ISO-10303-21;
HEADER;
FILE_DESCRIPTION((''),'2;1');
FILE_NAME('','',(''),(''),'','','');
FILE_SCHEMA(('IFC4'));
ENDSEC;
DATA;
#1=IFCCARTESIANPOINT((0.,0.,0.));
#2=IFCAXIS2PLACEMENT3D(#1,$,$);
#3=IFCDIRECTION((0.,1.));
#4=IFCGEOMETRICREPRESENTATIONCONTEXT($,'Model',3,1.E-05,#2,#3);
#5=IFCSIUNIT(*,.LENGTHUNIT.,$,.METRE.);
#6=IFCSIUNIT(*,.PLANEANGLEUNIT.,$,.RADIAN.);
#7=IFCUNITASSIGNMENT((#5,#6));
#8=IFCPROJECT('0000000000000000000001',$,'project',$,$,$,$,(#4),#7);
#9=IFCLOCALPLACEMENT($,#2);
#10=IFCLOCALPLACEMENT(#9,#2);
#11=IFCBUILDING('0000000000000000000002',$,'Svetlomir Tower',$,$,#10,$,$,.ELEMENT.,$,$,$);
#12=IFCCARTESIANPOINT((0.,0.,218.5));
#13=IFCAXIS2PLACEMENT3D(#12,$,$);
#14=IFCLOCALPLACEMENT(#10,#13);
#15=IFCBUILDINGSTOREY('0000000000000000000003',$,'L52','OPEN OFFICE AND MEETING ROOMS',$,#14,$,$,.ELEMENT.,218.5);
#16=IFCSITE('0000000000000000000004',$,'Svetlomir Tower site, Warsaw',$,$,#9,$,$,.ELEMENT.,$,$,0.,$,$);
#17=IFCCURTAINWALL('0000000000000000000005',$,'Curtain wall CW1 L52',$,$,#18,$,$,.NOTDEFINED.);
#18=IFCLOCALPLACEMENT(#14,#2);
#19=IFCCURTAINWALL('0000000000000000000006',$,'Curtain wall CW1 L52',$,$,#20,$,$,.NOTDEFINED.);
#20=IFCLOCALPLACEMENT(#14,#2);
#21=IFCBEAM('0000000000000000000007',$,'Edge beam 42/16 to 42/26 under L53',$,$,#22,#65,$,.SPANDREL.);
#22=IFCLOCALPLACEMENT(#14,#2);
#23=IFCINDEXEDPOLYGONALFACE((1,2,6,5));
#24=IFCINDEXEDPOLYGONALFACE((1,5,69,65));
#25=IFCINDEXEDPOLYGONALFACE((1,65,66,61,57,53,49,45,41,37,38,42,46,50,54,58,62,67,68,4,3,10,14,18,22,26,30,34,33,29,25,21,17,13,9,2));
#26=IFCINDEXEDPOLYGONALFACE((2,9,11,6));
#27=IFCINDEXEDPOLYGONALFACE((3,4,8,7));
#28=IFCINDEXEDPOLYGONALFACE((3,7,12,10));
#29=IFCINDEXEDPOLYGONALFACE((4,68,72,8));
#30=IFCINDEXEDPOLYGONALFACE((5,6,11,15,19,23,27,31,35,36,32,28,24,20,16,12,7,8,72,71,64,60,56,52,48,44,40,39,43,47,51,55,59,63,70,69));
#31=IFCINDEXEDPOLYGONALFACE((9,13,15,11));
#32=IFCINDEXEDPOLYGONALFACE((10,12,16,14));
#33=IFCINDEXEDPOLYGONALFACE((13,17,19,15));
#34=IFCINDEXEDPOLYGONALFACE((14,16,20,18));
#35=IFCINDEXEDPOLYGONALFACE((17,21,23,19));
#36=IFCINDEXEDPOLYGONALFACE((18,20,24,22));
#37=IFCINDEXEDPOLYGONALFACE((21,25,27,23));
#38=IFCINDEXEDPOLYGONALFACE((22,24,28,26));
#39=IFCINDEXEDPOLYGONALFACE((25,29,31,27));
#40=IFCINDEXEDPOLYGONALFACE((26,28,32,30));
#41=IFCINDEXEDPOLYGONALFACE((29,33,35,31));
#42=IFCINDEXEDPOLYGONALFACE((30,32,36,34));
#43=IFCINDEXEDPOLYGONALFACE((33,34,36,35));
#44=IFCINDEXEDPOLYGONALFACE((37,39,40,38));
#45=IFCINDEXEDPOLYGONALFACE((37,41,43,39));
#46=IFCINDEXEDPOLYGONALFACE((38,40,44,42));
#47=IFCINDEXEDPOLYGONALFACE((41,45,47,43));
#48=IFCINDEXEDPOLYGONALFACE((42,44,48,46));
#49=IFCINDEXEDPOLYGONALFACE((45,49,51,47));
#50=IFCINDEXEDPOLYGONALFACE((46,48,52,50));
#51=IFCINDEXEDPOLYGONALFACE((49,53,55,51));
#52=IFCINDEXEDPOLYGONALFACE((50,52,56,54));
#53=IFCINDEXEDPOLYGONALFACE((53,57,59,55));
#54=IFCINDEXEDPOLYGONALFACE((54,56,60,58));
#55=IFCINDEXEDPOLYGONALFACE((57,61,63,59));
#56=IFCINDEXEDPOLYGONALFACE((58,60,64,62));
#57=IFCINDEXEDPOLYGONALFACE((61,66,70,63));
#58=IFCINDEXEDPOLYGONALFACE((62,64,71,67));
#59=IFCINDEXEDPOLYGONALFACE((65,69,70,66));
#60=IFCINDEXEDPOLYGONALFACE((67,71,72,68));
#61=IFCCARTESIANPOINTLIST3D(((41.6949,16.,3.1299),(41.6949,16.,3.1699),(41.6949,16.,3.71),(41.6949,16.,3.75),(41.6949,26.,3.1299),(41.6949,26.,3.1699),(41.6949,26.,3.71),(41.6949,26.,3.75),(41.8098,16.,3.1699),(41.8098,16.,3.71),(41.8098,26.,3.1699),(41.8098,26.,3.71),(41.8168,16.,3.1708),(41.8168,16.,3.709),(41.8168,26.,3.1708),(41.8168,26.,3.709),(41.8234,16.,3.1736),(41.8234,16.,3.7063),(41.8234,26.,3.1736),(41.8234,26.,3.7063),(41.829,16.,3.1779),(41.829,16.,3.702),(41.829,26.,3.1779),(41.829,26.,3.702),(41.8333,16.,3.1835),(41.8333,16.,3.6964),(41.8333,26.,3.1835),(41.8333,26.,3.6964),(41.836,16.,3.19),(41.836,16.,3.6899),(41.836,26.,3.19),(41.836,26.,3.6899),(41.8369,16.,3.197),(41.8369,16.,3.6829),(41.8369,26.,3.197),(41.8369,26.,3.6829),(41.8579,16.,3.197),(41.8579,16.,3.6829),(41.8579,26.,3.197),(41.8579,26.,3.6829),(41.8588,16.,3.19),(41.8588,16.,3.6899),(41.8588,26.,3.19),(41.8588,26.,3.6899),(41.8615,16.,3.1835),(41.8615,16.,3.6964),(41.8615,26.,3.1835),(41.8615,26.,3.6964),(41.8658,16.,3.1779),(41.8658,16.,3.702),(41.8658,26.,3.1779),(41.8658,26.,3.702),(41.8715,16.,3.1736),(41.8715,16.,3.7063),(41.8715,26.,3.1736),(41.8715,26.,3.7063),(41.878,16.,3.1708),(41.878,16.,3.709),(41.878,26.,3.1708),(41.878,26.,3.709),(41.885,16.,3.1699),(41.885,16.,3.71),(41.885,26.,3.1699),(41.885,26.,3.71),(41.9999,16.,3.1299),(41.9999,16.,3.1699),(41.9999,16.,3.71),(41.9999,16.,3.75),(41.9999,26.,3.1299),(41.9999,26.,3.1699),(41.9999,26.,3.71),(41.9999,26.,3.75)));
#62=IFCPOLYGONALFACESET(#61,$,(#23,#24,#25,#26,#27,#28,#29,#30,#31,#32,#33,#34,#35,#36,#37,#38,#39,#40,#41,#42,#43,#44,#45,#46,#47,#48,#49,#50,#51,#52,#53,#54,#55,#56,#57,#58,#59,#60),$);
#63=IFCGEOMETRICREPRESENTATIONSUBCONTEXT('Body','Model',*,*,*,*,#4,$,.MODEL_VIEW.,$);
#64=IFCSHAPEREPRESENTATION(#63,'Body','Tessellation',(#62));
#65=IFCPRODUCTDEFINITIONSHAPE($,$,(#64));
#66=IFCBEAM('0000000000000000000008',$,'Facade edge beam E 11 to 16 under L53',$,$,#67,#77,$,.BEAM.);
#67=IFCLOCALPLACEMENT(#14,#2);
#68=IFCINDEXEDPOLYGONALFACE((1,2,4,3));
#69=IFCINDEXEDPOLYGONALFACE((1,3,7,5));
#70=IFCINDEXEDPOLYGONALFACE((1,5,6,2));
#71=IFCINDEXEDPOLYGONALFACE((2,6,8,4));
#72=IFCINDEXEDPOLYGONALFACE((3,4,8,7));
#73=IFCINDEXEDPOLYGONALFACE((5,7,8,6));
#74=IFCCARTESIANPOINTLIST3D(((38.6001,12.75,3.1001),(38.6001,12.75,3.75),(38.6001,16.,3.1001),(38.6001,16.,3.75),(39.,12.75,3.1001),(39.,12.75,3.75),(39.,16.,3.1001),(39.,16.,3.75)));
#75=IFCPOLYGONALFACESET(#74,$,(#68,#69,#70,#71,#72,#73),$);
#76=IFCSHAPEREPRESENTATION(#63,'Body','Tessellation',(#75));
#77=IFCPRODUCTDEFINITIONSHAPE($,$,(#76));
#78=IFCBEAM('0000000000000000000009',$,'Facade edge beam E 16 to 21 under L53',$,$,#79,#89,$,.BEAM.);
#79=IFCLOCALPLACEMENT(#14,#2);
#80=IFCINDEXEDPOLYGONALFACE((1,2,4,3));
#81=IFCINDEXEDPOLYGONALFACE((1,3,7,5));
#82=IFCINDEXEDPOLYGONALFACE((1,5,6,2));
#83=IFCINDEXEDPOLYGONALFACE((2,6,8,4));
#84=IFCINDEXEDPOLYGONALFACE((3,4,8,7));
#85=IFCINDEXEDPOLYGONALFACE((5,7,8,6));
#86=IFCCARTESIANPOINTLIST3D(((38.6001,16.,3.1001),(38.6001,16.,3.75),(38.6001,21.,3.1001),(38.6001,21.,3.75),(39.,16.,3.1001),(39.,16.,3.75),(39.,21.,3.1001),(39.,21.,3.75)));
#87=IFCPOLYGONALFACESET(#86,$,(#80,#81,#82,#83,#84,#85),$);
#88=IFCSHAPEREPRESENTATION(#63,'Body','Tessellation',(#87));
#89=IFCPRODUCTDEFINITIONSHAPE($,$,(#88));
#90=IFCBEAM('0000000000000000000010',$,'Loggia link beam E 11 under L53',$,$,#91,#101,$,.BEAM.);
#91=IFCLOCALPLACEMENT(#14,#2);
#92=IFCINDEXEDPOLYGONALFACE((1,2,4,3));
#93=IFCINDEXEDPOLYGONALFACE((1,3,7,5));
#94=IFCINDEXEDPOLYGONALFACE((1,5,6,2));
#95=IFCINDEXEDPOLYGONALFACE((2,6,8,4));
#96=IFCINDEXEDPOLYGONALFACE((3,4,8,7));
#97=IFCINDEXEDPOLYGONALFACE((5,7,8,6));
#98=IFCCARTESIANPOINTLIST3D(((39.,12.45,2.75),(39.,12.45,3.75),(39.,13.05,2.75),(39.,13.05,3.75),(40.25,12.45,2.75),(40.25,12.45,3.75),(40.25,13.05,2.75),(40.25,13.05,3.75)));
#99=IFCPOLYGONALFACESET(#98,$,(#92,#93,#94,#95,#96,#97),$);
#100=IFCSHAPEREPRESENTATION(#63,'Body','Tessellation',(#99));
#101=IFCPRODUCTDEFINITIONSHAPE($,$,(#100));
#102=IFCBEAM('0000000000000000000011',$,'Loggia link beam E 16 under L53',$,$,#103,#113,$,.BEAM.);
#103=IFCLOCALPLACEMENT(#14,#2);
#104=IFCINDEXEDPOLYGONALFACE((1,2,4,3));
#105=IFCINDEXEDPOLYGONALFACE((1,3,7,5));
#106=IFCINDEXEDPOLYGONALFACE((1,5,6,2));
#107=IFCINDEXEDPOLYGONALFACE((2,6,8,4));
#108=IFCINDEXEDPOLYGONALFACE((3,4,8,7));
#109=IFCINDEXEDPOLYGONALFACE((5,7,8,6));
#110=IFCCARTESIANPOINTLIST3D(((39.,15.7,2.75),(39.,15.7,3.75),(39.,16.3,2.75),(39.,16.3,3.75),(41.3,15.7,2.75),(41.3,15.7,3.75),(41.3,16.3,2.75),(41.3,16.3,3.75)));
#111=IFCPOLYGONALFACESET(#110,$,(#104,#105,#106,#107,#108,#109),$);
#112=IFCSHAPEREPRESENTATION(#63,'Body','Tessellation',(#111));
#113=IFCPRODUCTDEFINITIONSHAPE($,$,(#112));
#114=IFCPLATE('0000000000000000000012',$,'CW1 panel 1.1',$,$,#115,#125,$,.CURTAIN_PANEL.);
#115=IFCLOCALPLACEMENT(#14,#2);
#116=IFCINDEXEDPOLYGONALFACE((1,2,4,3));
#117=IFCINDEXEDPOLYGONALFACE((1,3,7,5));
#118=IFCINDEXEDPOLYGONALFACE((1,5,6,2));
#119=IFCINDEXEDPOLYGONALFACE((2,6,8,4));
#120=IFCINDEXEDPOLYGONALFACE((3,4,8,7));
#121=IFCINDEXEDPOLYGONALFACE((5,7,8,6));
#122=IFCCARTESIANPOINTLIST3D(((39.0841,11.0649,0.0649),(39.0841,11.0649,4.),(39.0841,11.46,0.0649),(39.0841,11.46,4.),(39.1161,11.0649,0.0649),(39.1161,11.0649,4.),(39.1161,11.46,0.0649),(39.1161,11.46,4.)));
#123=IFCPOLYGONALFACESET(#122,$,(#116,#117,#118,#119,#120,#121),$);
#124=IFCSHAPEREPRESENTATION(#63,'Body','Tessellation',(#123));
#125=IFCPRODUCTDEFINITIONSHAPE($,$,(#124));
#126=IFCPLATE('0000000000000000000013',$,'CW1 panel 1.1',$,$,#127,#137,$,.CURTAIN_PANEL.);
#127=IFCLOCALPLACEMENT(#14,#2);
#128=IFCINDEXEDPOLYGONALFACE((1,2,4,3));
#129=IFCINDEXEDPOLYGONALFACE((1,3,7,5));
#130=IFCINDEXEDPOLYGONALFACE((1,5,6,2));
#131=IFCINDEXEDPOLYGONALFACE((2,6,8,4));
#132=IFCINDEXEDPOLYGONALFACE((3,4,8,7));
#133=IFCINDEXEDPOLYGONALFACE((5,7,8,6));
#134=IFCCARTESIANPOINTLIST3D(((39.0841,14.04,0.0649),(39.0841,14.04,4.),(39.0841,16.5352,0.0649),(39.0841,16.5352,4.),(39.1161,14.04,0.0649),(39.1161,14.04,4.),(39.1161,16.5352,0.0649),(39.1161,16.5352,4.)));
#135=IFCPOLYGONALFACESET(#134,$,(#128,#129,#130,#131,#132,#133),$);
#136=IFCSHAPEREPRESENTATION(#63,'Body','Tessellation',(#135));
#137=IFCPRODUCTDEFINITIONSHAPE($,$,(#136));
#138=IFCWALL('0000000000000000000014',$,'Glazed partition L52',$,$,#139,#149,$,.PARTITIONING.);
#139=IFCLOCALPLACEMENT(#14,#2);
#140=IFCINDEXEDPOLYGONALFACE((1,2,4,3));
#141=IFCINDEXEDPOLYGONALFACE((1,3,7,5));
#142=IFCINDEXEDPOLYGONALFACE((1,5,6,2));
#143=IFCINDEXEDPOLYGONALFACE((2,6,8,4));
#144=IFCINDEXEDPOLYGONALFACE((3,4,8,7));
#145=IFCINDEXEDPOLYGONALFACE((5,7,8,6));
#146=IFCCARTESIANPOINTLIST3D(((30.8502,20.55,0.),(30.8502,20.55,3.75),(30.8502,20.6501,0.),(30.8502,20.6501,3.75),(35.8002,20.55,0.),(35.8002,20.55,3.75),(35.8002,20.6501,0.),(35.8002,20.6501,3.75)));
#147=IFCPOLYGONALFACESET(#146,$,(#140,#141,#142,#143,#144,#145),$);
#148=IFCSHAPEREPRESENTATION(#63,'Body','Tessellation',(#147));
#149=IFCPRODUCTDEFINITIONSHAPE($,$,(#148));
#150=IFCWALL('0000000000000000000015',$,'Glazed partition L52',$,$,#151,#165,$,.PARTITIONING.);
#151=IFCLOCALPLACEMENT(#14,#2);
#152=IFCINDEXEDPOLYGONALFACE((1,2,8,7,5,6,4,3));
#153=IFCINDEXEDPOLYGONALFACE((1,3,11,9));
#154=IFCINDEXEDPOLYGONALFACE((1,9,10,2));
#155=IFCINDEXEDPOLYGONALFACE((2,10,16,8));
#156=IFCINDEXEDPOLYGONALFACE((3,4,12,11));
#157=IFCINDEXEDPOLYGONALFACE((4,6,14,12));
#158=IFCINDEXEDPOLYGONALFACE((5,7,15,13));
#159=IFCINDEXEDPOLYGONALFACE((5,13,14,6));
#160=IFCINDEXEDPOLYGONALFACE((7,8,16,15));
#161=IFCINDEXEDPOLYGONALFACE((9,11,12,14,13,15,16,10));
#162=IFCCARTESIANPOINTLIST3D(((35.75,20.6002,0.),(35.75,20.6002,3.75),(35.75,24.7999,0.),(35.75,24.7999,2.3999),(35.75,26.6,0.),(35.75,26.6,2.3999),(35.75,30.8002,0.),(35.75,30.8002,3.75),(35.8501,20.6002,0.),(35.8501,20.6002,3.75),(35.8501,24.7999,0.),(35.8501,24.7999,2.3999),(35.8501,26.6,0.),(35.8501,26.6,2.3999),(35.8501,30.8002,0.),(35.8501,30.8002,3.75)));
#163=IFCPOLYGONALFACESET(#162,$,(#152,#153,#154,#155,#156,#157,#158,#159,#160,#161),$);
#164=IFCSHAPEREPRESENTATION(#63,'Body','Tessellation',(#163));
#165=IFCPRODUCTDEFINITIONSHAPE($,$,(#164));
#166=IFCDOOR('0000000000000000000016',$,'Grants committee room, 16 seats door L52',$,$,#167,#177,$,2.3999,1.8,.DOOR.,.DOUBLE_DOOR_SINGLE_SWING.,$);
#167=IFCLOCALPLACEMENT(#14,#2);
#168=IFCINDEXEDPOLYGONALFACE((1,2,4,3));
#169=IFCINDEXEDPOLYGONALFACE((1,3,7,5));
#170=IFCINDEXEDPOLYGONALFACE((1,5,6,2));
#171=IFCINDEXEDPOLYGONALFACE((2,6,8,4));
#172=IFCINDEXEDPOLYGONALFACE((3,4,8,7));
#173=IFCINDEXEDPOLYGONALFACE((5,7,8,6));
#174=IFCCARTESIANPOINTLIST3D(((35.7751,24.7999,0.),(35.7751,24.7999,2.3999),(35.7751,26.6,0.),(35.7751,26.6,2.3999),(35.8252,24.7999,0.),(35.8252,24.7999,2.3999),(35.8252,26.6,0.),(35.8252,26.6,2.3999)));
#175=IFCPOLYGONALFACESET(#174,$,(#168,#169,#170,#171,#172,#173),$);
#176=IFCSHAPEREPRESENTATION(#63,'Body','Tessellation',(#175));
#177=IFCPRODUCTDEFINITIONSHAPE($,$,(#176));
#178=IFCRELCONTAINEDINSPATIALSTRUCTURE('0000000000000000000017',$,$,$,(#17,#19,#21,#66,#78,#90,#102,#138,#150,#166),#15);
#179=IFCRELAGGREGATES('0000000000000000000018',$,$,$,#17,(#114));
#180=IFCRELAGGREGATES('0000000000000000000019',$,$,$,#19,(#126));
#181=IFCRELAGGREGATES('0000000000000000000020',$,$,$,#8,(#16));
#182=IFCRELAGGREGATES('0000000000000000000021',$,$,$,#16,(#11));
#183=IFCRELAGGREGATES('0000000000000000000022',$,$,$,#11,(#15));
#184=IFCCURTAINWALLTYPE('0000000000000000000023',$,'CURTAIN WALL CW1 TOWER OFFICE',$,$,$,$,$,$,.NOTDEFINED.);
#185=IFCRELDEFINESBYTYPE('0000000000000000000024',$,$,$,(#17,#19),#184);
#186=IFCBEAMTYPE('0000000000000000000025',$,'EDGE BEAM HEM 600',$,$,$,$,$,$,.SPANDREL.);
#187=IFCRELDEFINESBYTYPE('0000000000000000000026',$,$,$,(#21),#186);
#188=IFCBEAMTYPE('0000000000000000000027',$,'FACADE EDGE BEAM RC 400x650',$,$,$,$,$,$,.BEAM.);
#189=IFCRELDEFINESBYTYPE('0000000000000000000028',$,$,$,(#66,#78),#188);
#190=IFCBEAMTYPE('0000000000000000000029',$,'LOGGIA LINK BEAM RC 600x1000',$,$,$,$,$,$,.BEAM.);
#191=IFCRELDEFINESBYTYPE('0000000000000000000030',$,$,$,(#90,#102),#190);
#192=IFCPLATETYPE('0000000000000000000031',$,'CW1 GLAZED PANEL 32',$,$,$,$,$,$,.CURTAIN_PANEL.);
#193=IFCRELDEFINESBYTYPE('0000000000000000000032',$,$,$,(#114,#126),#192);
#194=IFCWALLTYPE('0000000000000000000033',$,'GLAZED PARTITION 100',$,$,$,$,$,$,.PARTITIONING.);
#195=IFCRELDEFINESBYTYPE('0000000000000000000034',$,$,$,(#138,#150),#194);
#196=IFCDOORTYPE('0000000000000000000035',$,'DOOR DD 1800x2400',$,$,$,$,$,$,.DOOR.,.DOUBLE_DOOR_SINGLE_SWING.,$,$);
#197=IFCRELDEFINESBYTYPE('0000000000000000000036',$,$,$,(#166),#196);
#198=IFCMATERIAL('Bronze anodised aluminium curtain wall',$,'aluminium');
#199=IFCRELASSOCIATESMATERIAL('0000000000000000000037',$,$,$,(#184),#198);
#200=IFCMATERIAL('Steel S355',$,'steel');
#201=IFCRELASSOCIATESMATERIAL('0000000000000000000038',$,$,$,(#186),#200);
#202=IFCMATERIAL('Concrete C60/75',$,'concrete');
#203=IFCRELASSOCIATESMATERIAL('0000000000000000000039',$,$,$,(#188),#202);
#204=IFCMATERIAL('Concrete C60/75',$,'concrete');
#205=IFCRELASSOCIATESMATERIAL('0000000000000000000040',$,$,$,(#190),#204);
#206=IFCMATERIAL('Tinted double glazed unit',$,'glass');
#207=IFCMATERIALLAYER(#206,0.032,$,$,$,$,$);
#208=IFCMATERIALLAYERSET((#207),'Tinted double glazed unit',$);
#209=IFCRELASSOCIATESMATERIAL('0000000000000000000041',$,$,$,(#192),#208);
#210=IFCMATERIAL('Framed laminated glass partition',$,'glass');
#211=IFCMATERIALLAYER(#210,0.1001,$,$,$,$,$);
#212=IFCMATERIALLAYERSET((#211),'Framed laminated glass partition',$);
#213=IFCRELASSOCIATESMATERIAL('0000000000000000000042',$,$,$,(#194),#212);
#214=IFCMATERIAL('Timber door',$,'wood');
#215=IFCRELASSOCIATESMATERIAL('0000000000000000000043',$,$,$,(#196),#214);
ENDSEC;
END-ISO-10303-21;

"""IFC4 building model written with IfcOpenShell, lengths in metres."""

from ifc_helpers import new_model, si_unit, direction, frame, frame_2d, origin, origin_2d, place, context, subcontext, project, spatial, rectangle, i_section, extrude, material, layer, layer_set, material_profile, profile_set, type_object, element, fill, aggregate, save


model = new_model("IFC4")

# Units and contexts
model_context = context("Model", 3, precision=1e-05, world=origin(), true_north=direction((0.0, 1.0)))
body_context = subcontext(model_context, "Body", "Model", "MODEL_VIEW")
ifc_project = project(units=[si_unit("LENGTHUNIT", "METRE"), si_unit("PLANEANGLEUNIT", "RADIAN")], contexts=[model_context])

# Site, building, storey
site_placement = place(None, origin())
site = spatial("IfcSite", under=ifc_project, at=site_placement, Name="Svetlomir Tower site, Warsaw", CompositionType="ELEMENT", RefElevation=0.0)
building_placement = place(site_placement, origin())
building = spatial("IfcBuilding", under=site, at=building_placement, Name="Svetlomir Tower", CompositionType="ELEMENT")
storey_placement = place(building_placement, frame((0.0, 0.0, 218.5)))
storey = spatial("IfcBuildingStorey", under=building, at=storey_placement, Name="L52", Description="OPEN OFFICE AND MEETING ROOMS", CompositionType="ELEMENT", Elevation=218.5)

# Curtain walls
ifc_material_1 = material(Name="Bronze anodised aluminium curtain wall", Category="aluminium")
curtain_wall_type = type_object("IfcCurtainWallType", Name="CURTAIN WALL CW1 TOWER OFFICE", PredefinedType="NOTDEFINED", material=ifc_material_1)
curtain_wall_1_placement = place(storey_placement, origin())
curtain_wall_1 = element("IfcCurtainWall", 1, at=curtain_wall_1_placement, inside=storey, type_object=curtain_wall_type, Name="Curtain wall CW1 L52", PredefinedType="NOTDEFINED")
curtain_wall_2_placement = place(storey_placement, origin())
curtain_wall_2 = element("IfcCurtainWall", 2, at=curtain_wall_2_placement, inside=storey, type_object=curtain_wall_type, Name="Curtain wall CW1 L52", PredefinedType="NOTDEFINED")

# Beams
ifc_material_2 = material(Name="Steel S355", Category="steel")
ifc_material_profile_1 = material_profile(ifc_material_2, i_section(OverallWidth=0.3049, OverallDepth=0.6201, WebThickness=0.021, FlangeThickness=0.04, FilletRadius=0.0271, at=origin_2d()), Name="HEM 600")
ifc_profile_set_1 = profile_set([ifc_material_profile_1], Name="Steel S355")
beam_type_1 = type_object("IfcBeamType", Name="EDGE BEAM HEM 600", PredefinedType="SPANDREL", material=ifc_profile_set_1)
beam_1_placement = place(storey_placement, frame((41.8474, 16.0, 3.4399), z_axis=(0.0, 1.0, 0.0), x_axis=(-1.0, 0.0, 0.0)))
element("IfcBeam", 3, at=beam_1_placement, inside=storey, type_object=beam_type_1, Name="Edge beam 42/16 to 42/26 under L53", PredefinedType="SPANDREL", context=body_context, shape_type="SweptSolid", body=[
    extrude(i_section(OverallWidth=0.3049, OverallDepth=0.6201, WebThickness=0.021, FlangeThickness=0.04, FilletRadius=0.0271, at=origin_2d()), origin(), (0.0, 0.0, 1.0), 10.0),
])
ifc_material_3 = material(Name="Concrete C60/75", Category="concrete")
ifc_material_profile_2 = material_profile(ifc_material_3, rectangle(XDim=0.3999, YDim=0.6499, at=origin_2d()), Name="RC 400x650")
ifc_profile_set_2 = profile_set([ifc_material_profile_2], Name="Concrete C60/75")
beam_type_2 = type_object("IfcBeamType", Name="FACADE EDGE BEAM RC 400x650", PredefinedType="BEAM", material=ifc_profile_set_2)
beam_2_placement = place(storey_placement, frame((38.8, 12.75, 3.425), z_axis=(0.0, 1.0, 0.0), x_axis=(-1.0, 0.0, 0.0)))
element("IfcBeam", 4, at=beam_2_placement, inside=storey, type_object=beam_type_2, Name="Facade edge beam E 11 to 16 under L53", PredefinedType="BEAM", context=body_context, shape_type="SweptSolid", body=[
    extrude(rectangle(XDim=0.3999, YDim=0.6499, at=origin_2d()), origin(), (0.0, 0.0, 1.0), 3.25),
])
beam_3_placement = place(storey_placement, frame((38.8, 16.0, 3.425), z_axis=(0.0, 1.0, 0.0), x_axis=(-1.0, 0.0, 0.0)))
element("IfcBeam", 5, at=beam_3_placement, inside=storey, type_object=beam_type_2, Name="Facade edge beam E 16 to 21 under L53", PredefinedType="BEAM", context=body_context, shape_type="SweptSolid", body=[
    extrude(rectangle(XDim=0.3999, YDim=0.6499, at=origin_2d()), origin(), (0.0, 0.0, 1.0), 5.0),
])
ifc_material_4 = material(Name="Concrete C60/75", Category="concrete")
ifc_material_profile_3 = material_profile(ifc_material_4, rectangle(XDim=0.6001, YDim=1.0, at=origin_2d()), Name="RC 600x1000")
ifc_profile_set_3 = profile_set([ifc_material_profile_3], Name="Concrete C60/75")
beam_type_3 = type_object("IfcBeamType", Name="LOGGIA LINK BEAM RC 600x1000", PredefinedType="BEAM", material=ifc_profile_set_3)
beam_4_placement = place(storey_placement, frame((40.25, 12.75, 3.25), z_axis=(-1.0, 0.0, 0.0), x_axis=(0.0, -1.0, 0.0)))
element("IfcBeam", 6, at=beam_4_placement, inside=storey, type_object=beam_type_3, Name="Loggia link beam E 11 under L53", PredefinedType="BEAM", context=body_context, shape_type="SweptSolid", body=[
    extrude(rectangle(XDim=0.6001, YDim=1.0, at=origin_2d()), origin(), (0.0, 0.0, 1.0), 1.25),
])
beam_5_placement = place(storey_placement, frame((41.3, 16.0, 3.25), z_axis=(-1.0, 0.0, 0.0), x_axis=(0.0, -1.0, 0.0)))
element("IfcBeam", 7, at=beam_5_placement, inside=storey, type_object=beam_type_3, Name="Loggia link beam E 16 under L53", PredefinedType="BEAM", context=body_context, shape_type="SweptSolid", body=[
    extrude(rectangle(XDim=0.6001, YDim=1.0, at=origin_2d()), origin(), (0.0, 0.0, 1.0), 2.3),
])

# Plates
ifc_material_5 = material(Name="Tinted double glazed unit", Category="glass")
ifc_layer_1 = layer(ifc_material_5, 0.032)
ifc_layer_set_1 = layer_set([ifc_layer_1], Name="Tinted double glazed unit")
plate_type = type_object("IfcPlateType", Name="CW1 GLAZED PANEL 32", PredefinedType="CURTAIN_PANEL", material=ifc_layer_set_1)
plate_1_placement = place(storey_placement, frame((39.1001, 11.2625, 0.0649), z_axis=(0.0, 0.0, 1.0), x_axis=(0.0, 1.0, 0.0)))
plate_1 = element("IfcPlate", 8, at=plate_1_placement, type_object=plate_type, Name="CW1 panel 1.1", PredefinedType="CURTAIN_PANEL", context=body_context, shape_type="SweptSolid", body=[
    extrude(rectangle(XDim=0.395, YDim=0.032, at=origin_2d()), origin(), (0.0, 0.0, 1.0), 3.9351),
])
aggregate(curtain_wall_1, [plate_1])
plate_2_placement = place(storey_placement, frame((39.1001, 15.2876, 0.0649), z_axis=(0.0, 0.0, 1.0), x_axis=(0.0, 1.0, 0.0)))
plate_2 = element("IfcPlate", 9, at=plate_2_placement, type_object=plate_type, Name="CW1 panel 1.1", PredefinedType="CURTAIN_PANEL", context=body_context, shape_type="SweptSolid", body=[
    extrude(rectangle(XDim=2.4951, YDim=0.032, at=origin_2d()), origin(), (0.0, 0.0, 1.0), 3.9351),
])
aggregate(curtain_wall_2, [plate_2])

# Wall
ifc_material_6 = material(Name="Framed laminated glass partition", Category="glass")
ifc_layer_2 = layer(ifc_material_6, 0.1001)
ifc_layer_set_2 = layer_set([ifc_layer_2], Name="Framed laminated glass partition")
wall_type_1 = type_object("IfcWallType", Name="GLAZED PARTITION 100", PredefinedType="PARTITIONING", material=ifc_layer_set_2)
wall_1_placement = place(storey_placement, frame((30.8501, 20.6001, 0.0), z_axis=(0.0, 0.0, 1.0), x_axis=(1.0, 0.0, 0.0)))
element("IfcWall", 10, at=wall_1_placement, inside=storey, type_object=wall_type_1, Name="Glazed partition L52", PredefinedType="PARTITIONING", context=body_context, shape_type="SweptSolid", body=[
    extrude(rectangle(XDim=4.95, YDim=0.1001, at=frame_2d((2.4751, 0.0))), origin(), (0.0, 0.0, 1.0), 3.75),
])

# Wall, opening, door
wall_2_placement = place(storey_placement, frame((35.8, 20.6001, 0.0), z_axis=(0.0, 0.0, 1.0), x_axis=(0.0, 1.0, 0.0)))
wall_2 = element("IfcWall", 11, at=wall_2_placement, inside=storey, type_object=wall_type_1, Name="Glazed partition L52", PredefinedType="PARTITIONING", context=body_context, shape_type="SweptSolid", body=[
    extrude(rectangle(XDim=10.2, YDim=0.1001, at=frame_2d((5.1001, 0.0))), origin(), (0.0, 0.0, 1.0), 3.75),
])
opening_1_placement = place(wall_2_placement, frame((4.2, 0.0, 0.0)))
opening_1 = element("IfcOpeningElement", 12, at=opening_1_placement, cuts=wall_2, PredefinedType="OPENING", context=body_context, shape_type="SweptSolid", body=[
    extrude(rectangle(XDim=1.8, YDim=2.3999, at=frame_2d((0.8999, 1.2))), frame((0.0, 0.0601, 0.0), z_axis=(0.0, -1.0, 0.0), x_axis=(1.0, 0.0, 0.0)), (0.0, 0.0, 1.0), 0.1201),
])
ifc_material_7 = material(Name="Timber door", Category="wood")
door_type_1 = type_object("IfcDoorType", Name="DOOR DD 1800x2400", OperationType="DOUBLE_DOOR_SINGLE_SWING", PredefinedType="DOOR", material=ifc_material_7)
door_1_placement = place(opening_1_placement, origin())
door_1 = element("IfcDoor", 13, at=door_1_placement, inside=storey, type_object=door_type_1, Name="Grants committee room, 16 seats door L52", OperationType="DOUBLE_DOOR_SINGLE_SWING", OverallHeight=2.3999, OverallWidth=1.8, PredefinedType="DOOR", context=body_context, shape_type="SweptSolid", body=[
    extrude(rectangle(XDim=1.8, YDim=2.3999, at=frame_2d((0.8999, 1.2))), frame((0.0, 0.0249, 0.0), z_axis=(0.0, -1.0, 0.0), x_axis=(1.0, 0.0, 0.0)), (0.0, 0.0, 1.0), 0.05),
])
fill(opening_1, door_1)

save(model, "model.ifc")
